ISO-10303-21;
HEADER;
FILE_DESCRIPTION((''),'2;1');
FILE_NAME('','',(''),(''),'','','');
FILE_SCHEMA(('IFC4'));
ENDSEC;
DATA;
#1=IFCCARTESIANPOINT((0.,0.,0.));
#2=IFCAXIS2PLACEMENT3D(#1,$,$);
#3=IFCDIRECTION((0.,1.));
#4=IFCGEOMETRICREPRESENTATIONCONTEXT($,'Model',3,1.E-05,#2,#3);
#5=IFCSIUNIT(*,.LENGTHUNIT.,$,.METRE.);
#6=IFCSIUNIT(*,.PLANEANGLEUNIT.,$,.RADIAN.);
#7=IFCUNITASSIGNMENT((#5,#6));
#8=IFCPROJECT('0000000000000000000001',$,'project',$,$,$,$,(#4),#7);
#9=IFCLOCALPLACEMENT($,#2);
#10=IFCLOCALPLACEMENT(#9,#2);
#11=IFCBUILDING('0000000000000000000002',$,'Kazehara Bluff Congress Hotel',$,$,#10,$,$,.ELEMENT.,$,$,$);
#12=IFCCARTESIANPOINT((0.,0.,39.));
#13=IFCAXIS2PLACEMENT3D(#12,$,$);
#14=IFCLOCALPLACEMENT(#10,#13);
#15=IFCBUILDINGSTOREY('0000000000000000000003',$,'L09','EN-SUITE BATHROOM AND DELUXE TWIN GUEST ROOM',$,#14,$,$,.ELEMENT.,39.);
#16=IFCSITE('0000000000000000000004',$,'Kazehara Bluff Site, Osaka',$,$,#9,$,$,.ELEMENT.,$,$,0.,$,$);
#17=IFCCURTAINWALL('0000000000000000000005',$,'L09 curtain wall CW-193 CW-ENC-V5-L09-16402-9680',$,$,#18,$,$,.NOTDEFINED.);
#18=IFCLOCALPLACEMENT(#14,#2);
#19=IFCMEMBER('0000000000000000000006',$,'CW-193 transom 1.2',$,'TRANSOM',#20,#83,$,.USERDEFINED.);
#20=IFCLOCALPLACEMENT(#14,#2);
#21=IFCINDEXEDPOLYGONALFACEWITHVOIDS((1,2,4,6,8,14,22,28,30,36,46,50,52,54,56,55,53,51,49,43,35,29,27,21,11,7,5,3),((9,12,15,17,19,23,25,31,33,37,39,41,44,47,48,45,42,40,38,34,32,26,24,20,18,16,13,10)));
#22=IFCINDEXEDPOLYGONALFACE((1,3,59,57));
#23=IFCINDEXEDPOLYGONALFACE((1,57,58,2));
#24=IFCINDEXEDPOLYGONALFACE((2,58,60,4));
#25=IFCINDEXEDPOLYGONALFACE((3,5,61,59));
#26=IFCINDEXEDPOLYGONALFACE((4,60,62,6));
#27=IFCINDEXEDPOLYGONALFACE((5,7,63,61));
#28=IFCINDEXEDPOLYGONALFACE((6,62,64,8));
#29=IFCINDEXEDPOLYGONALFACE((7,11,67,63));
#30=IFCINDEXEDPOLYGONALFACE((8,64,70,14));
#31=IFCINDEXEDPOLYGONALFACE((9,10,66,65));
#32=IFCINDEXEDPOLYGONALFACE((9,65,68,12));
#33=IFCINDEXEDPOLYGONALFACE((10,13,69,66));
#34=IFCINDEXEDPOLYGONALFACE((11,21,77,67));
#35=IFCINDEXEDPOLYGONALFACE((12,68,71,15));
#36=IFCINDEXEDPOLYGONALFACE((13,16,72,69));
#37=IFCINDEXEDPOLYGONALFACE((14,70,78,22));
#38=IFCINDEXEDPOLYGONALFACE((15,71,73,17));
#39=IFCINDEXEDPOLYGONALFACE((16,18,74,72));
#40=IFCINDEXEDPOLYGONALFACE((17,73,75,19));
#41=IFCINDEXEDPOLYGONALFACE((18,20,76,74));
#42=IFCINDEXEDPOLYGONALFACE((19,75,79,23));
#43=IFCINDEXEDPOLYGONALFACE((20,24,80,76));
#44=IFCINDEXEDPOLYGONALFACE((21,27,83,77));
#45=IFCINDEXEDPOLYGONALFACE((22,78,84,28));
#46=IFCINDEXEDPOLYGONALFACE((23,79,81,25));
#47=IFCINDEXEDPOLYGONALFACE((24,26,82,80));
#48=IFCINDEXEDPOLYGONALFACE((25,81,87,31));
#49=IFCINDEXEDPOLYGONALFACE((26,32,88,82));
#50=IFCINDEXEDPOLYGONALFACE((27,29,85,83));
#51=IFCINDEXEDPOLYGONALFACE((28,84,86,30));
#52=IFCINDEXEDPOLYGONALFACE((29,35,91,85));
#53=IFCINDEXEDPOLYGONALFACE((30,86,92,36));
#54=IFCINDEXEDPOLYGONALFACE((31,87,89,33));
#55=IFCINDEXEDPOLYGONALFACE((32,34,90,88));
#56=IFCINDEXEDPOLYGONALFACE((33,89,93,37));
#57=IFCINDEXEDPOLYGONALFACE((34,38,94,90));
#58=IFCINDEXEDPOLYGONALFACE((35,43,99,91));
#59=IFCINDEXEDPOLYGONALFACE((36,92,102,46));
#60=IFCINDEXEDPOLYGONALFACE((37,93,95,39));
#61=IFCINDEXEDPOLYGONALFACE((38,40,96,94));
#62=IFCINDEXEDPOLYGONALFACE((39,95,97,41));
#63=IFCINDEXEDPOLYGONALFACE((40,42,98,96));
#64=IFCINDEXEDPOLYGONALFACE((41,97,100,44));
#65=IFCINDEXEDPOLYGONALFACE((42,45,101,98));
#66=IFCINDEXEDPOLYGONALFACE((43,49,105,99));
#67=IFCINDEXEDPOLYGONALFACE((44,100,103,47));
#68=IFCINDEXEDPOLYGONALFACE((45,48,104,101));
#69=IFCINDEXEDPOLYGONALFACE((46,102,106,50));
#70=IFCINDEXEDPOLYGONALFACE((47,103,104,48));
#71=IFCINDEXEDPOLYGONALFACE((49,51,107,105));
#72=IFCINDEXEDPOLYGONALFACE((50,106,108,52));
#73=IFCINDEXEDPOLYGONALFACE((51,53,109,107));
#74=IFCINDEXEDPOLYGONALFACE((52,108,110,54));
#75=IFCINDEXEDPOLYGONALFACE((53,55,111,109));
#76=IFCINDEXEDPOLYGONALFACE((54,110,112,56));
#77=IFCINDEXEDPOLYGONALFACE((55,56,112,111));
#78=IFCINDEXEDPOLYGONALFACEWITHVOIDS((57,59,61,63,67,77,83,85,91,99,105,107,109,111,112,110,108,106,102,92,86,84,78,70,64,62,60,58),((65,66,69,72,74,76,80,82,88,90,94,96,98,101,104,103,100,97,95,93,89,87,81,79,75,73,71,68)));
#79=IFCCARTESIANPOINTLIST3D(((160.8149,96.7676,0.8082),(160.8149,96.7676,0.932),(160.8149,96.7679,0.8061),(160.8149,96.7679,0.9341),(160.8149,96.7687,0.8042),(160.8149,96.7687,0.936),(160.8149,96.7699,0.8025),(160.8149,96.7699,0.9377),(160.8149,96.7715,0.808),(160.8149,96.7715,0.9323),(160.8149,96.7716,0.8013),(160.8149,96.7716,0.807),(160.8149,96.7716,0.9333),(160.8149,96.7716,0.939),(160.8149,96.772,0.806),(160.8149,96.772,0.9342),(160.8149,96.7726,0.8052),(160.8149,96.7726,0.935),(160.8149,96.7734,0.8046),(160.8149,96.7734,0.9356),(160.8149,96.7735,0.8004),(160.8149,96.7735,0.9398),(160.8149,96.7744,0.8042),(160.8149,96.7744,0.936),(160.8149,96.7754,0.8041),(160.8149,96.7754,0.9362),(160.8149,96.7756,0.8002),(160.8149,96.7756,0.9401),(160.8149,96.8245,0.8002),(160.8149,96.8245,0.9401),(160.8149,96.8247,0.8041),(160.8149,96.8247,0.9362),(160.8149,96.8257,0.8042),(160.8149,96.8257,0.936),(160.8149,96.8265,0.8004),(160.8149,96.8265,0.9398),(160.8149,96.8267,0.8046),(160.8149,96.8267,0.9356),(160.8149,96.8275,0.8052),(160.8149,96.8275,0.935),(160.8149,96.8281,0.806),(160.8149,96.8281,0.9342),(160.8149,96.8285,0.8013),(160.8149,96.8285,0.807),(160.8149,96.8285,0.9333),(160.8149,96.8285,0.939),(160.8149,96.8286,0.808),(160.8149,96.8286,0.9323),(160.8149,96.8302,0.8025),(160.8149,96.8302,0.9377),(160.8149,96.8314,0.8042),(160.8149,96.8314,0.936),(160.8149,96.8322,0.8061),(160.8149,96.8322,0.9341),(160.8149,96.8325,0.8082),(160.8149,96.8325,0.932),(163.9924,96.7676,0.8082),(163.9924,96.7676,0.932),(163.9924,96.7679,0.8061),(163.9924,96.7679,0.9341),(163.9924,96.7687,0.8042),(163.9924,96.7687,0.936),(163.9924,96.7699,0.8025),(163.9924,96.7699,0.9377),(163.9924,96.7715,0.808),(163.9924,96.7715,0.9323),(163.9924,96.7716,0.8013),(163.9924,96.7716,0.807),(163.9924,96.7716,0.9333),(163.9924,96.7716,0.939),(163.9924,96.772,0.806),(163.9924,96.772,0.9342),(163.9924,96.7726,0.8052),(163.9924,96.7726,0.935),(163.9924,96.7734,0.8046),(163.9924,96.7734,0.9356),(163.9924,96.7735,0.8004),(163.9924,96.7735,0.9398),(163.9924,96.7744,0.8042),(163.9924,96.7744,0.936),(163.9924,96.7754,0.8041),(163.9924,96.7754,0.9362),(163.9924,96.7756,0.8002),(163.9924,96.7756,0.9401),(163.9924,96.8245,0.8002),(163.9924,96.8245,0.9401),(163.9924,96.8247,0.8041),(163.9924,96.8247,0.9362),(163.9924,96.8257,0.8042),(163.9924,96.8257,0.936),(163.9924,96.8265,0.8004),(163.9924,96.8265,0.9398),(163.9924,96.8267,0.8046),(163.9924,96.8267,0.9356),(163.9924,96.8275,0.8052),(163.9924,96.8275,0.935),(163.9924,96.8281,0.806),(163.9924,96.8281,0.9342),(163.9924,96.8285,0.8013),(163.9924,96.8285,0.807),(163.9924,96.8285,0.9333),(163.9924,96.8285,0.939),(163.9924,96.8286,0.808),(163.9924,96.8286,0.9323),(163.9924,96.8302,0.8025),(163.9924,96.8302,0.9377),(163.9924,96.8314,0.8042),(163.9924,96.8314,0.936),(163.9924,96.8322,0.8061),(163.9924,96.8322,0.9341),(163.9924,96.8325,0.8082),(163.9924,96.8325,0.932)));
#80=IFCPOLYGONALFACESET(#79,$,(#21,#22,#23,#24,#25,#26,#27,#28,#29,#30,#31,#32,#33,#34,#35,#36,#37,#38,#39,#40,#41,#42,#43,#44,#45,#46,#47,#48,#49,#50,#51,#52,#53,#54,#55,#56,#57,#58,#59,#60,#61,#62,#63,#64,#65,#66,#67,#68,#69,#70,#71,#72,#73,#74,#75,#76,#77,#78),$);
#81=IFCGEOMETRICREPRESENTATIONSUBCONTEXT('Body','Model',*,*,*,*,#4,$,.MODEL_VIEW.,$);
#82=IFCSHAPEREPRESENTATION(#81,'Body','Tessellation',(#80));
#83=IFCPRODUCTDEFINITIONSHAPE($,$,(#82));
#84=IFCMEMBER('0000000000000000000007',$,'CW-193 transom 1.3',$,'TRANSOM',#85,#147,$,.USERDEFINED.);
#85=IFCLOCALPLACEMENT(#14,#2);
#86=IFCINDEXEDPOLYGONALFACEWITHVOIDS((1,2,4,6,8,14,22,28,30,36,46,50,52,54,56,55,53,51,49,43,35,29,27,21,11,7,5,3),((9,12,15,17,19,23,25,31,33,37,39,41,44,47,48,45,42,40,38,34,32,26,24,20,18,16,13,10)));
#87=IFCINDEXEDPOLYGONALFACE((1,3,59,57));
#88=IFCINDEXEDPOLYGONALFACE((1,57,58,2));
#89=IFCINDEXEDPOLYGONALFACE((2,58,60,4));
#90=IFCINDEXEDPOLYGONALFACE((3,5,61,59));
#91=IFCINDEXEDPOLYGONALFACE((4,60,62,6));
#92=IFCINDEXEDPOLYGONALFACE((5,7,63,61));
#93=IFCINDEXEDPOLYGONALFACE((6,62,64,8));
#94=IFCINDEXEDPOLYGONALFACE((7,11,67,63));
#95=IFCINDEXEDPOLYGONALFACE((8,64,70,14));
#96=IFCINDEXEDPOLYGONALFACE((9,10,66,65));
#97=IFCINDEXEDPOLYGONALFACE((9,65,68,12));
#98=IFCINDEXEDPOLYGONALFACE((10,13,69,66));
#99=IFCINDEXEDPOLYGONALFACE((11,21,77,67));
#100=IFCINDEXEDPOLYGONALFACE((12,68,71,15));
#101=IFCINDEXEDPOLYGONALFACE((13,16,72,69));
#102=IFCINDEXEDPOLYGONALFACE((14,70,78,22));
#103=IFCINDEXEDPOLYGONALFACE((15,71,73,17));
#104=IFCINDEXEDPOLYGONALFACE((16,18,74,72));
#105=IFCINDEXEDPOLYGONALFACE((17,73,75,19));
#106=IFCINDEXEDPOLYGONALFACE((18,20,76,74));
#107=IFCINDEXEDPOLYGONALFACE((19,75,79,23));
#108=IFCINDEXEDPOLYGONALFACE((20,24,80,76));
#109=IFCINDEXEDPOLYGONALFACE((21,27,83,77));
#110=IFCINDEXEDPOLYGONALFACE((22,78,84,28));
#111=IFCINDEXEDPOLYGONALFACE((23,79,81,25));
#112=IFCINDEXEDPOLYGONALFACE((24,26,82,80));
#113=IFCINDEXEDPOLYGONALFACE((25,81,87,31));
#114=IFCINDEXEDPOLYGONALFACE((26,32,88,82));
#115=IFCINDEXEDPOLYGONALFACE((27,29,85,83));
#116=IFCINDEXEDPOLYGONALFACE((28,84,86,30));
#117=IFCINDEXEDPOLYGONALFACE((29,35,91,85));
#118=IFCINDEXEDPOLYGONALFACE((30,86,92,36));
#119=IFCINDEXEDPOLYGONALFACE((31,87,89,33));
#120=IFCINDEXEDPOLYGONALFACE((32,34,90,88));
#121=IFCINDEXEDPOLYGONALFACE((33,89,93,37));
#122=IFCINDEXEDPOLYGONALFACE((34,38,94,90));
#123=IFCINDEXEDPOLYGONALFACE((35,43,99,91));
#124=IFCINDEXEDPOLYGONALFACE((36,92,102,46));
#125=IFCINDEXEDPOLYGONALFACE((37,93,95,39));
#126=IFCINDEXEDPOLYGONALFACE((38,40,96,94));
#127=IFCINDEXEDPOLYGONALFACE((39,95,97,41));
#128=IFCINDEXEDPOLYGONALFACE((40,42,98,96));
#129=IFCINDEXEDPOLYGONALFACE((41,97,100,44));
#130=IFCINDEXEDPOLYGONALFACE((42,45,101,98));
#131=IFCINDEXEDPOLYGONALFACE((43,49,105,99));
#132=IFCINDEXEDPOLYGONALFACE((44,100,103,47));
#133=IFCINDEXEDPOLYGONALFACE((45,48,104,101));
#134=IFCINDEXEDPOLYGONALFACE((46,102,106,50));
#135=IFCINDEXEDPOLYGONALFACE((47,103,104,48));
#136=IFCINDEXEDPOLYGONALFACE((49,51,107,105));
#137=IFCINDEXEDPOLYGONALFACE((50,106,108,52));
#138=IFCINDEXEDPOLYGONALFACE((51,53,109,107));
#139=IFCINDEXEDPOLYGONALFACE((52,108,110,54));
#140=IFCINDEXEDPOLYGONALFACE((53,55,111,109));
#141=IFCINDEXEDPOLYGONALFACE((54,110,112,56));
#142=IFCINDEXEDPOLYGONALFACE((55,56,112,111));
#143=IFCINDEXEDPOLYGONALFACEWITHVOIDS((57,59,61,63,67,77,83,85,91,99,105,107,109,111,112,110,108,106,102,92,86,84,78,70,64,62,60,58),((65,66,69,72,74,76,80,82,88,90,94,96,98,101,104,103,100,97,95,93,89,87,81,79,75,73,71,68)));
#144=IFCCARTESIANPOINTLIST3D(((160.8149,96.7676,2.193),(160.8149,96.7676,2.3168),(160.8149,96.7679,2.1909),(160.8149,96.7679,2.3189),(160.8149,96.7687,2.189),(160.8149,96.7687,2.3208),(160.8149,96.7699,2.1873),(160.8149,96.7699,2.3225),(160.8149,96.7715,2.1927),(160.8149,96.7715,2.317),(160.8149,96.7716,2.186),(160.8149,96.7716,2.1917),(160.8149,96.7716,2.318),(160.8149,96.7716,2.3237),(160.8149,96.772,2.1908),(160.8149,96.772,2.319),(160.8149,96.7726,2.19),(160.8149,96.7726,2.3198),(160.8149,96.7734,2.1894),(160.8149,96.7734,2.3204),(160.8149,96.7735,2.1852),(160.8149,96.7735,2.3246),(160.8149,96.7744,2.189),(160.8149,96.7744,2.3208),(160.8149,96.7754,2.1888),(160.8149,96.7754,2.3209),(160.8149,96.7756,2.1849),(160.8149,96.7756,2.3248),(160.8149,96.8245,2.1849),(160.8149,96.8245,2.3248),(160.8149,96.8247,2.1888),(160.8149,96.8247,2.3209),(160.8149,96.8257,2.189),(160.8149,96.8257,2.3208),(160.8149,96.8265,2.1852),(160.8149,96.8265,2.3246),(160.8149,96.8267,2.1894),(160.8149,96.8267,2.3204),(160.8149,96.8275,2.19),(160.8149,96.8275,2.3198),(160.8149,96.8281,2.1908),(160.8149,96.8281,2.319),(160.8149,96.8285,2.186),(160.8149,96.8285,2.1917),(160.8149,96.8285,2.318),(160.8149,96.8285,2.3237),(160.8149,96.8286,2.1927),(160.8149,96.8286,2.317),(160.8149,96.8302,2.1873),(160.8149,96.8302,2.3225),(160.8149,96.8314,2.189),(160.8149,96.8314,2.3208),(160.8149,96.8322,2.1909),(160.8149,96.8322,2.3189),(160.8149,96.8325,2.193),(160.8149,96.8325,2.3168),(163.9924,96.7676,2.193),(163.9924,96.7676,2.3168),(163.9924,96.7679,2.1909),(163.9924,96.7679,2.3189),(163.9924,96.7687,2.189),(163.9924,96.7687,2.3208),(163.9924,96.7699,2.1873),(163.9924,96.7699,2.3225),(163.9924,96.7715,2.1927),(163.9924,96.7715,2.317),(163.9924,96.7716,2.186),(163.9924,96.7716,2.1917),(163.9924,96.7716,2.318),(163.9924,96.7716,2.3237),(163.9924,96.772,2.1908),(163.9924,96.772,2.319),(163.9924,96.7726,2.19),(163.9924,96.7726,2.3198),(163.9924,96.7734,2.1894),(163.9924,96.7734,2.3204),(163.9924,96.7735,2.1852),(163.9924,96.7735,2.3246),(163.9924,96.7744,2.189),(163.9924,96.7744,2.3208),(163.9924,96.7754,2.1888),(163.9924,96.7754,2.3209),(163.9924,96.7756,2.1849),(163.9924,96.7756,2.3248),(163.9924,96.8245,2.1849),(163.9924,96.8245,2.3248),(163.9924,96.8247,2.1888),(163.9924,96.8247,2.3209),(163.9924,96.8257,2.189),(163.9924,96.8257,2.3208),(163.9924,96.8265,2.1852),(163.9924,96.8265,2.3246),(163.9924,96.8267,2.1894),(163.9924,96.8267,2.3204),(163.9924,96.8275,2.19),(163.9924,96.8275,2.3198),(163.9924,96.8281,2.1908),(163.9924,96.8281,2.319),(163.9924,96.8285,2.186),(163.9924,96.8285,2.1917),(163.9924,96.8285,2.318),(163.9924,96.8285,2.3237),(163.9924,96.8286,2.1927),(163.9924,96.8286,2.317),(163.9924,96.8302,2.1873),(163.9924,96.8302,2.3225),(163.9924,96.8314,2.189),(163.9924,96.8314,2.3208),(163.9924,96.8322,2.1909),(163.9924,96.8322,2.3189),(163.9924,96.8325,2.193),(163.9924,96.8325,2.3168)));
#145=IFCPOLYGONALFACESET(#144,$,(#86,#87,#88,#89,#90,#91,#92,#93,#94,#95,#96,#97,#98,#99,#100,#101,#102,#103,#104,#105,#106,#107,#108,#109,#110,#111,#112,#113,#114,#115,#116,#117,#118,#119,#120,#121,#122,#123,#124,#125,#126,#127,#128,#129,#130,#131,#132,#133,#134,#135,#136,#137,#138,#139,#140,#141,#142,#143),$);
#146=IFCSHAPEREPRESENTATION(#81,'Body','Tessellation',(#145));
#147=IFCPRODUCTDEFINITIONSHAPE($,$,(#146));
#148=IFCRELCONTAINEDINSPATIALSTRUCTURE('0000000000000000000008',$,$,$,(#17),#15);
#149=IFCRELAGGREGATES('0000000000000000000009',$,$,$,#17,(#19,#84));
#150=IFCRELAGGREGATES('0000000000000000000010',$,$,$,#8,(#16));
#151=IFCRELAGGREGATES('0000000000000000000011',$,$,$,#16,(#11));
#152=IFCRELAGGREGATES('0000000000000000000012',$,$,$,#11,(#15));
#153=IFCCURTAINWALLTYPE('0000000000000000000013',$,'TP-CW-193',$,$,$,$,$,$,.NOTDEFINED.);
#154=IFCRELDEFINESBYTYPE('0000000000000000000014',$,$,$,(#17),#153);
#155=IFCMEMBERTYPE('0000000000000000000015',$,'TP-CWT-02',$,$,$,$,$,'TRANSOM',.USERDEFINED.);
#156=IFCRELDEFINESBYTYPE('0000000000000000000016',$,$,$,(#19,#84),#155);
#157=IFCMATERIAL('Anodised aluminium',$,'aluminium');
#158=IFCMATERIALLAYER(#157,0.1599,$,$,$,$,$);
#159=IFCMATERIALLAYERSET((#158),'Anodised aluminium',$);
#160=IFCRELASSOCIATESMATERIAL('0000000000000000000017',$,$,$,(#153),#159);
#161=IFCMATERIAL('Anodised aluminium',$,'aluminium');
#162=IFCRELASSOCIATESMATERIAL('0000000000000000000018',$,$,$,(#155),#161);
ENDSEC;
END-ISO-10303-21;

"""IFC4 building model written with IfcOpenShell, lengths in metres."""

from ifc_helpers import new_model, si_unit, direction, frame, origin, origin_2d, place, context, subcontext, project, spatial, hollow_rectangle, extrude, material, layer, layer_set, material_profile, profile_set, type_object, element, aggregate, save


model = new_model("IFC4")

# Units and contexts
model_context = context("Model", 3, precision=1e-05, world=origin(), true_north=direction((0.0, 1.0)))
body_context = subcontext(model_context, "Body", "Model", "MODEL_VIEW")
ifc_project = project(units=[si_unit("LENGTHUNIT", "METRE"), si_unit("PLANEANGLEUNIT", "RADIAN")], contexts=[model_context])

# Site, building, storey
site_placement = place(None, origin())
site = spatial("IfcSite", under=ifc_project, at=site_placement, Name="Kazehara Bluff Site, Osaka", CompositionType="ELEMENT", RefElevation=0.0)
building_placement = place(site_placement, origin())
building = spatial("IfcBuilding", under=site, at=building_placement, Name="Kazehara Bluff Congress Hotel", CompositionType="ELEMENT")
storey_placement = place(building_placement, frame((0.0, 0.0, 39.0)))
storey = spatial("IfcBuildingStorey", under=building, at=storey_placement, Name="L09", Description="EN-SUITE BATHROOM AND DELUXE TWIN GUEST ROOM", CompositionType="ELEMENT", Elevation=39.0)

# Curtain wall, members
ifc_material_1 = material(Name="Anodised aluminium", Category="aluminium")
ifc_layer_1 = layer(ifc_material_1, 0.1599)
ifc_layer_set_1 = layer_set([ifc_layer_1], Name="Anodised aluminium")
curtain_wall_type_1 = type_object("IfcCurtainWallType", Name="TP-CW-193", PredefinedType="NOTDEFINED", material=ifc_layer_set_1)
curtain_wall_1_placement = place(storey_placement, origin())
curtain_wall_1 = element("IfcCurtainWall", 1, at=curtain_wall_1_placement, inside=storey, type_object=curtain_wall_type_1, Name="L09 curtain wall CW-193 CW-ENC-V5-L09-16402-9680", PredefinedType="NOTDEFINED")
ifc_material_2 = material(Name="Anodised aluminium", Category="aluminium")
ifc_material_profile_1 = material_profile(ifc_material_2, hollow_rectangle(XDim=0.0649, YDim=0.1399, WallThickness=0.0039, InnerFilletRadius=0.0039, OuterFilletRadius=0.0081, at=origin_2d()))
ifc_profile_set_1 = profile_set([ifc_material_profile_1], Name="Anodised aluminium")
member_type_1 = type_object("IfcMemberType", Name="TP-CWT-02", ElementType="TRANSOM", PredefinedType="USERDEFINED", material=ifc_profile_set_1)
member_1_placement = place(storey_placement, frame((160.8149, 96.8, 0.8701), z_axis=(1.0, 0.0, 0.0), x_axis=(0.0, 1.0, 0.0)))
member_1 = element("IfcMember", 2, at=member_1_placement, type_object=member_type_1, Name="CW-193 transom 1.2", ObjectType="TRANSOM", PredefinedType="USERDEFINED", context=body_context, shape_type="SweptSolid", body=[
    extrude(hollow_rectangle(XDim=0.0649, YDim=0.1399, WallThickness=0.0039, InnerFilletRadius=0.0039, OuterFilletRadius=0.0081, at=origin_2d()), origin(), (0.0, 0.0, 1.0), 3.1775),
])
member_2_placement = place(storey_placement, frame((160.8149, 96.8, 2.2549), z_axis=(1.0, 0.0, 0.0), x_axis=(0.0, 1.0, 0.0)))
member_2 = element("IfcMember", 3, at=member_2_placement, type_object=member_type_1, Name="CW-193 transom 1.3", ObjectType="TRANSOM", PredefinedType="USERDEFINED", context=body_context, shape_type="SweptSolid", body=[
    extrude(hollow_rectangle(XDim=0.0649, YDim=0.1399, WallThickness=0.0039, InnerFilletRadius=0.0039, OuterFilletRadius=0.0081, at=origin_2d()), origin(), (0.0, 0.0, 1.0), 3.1775),
])

aggregate(curtain_wall_1, [member_1, member_2])

save(model, "model.ifc")
